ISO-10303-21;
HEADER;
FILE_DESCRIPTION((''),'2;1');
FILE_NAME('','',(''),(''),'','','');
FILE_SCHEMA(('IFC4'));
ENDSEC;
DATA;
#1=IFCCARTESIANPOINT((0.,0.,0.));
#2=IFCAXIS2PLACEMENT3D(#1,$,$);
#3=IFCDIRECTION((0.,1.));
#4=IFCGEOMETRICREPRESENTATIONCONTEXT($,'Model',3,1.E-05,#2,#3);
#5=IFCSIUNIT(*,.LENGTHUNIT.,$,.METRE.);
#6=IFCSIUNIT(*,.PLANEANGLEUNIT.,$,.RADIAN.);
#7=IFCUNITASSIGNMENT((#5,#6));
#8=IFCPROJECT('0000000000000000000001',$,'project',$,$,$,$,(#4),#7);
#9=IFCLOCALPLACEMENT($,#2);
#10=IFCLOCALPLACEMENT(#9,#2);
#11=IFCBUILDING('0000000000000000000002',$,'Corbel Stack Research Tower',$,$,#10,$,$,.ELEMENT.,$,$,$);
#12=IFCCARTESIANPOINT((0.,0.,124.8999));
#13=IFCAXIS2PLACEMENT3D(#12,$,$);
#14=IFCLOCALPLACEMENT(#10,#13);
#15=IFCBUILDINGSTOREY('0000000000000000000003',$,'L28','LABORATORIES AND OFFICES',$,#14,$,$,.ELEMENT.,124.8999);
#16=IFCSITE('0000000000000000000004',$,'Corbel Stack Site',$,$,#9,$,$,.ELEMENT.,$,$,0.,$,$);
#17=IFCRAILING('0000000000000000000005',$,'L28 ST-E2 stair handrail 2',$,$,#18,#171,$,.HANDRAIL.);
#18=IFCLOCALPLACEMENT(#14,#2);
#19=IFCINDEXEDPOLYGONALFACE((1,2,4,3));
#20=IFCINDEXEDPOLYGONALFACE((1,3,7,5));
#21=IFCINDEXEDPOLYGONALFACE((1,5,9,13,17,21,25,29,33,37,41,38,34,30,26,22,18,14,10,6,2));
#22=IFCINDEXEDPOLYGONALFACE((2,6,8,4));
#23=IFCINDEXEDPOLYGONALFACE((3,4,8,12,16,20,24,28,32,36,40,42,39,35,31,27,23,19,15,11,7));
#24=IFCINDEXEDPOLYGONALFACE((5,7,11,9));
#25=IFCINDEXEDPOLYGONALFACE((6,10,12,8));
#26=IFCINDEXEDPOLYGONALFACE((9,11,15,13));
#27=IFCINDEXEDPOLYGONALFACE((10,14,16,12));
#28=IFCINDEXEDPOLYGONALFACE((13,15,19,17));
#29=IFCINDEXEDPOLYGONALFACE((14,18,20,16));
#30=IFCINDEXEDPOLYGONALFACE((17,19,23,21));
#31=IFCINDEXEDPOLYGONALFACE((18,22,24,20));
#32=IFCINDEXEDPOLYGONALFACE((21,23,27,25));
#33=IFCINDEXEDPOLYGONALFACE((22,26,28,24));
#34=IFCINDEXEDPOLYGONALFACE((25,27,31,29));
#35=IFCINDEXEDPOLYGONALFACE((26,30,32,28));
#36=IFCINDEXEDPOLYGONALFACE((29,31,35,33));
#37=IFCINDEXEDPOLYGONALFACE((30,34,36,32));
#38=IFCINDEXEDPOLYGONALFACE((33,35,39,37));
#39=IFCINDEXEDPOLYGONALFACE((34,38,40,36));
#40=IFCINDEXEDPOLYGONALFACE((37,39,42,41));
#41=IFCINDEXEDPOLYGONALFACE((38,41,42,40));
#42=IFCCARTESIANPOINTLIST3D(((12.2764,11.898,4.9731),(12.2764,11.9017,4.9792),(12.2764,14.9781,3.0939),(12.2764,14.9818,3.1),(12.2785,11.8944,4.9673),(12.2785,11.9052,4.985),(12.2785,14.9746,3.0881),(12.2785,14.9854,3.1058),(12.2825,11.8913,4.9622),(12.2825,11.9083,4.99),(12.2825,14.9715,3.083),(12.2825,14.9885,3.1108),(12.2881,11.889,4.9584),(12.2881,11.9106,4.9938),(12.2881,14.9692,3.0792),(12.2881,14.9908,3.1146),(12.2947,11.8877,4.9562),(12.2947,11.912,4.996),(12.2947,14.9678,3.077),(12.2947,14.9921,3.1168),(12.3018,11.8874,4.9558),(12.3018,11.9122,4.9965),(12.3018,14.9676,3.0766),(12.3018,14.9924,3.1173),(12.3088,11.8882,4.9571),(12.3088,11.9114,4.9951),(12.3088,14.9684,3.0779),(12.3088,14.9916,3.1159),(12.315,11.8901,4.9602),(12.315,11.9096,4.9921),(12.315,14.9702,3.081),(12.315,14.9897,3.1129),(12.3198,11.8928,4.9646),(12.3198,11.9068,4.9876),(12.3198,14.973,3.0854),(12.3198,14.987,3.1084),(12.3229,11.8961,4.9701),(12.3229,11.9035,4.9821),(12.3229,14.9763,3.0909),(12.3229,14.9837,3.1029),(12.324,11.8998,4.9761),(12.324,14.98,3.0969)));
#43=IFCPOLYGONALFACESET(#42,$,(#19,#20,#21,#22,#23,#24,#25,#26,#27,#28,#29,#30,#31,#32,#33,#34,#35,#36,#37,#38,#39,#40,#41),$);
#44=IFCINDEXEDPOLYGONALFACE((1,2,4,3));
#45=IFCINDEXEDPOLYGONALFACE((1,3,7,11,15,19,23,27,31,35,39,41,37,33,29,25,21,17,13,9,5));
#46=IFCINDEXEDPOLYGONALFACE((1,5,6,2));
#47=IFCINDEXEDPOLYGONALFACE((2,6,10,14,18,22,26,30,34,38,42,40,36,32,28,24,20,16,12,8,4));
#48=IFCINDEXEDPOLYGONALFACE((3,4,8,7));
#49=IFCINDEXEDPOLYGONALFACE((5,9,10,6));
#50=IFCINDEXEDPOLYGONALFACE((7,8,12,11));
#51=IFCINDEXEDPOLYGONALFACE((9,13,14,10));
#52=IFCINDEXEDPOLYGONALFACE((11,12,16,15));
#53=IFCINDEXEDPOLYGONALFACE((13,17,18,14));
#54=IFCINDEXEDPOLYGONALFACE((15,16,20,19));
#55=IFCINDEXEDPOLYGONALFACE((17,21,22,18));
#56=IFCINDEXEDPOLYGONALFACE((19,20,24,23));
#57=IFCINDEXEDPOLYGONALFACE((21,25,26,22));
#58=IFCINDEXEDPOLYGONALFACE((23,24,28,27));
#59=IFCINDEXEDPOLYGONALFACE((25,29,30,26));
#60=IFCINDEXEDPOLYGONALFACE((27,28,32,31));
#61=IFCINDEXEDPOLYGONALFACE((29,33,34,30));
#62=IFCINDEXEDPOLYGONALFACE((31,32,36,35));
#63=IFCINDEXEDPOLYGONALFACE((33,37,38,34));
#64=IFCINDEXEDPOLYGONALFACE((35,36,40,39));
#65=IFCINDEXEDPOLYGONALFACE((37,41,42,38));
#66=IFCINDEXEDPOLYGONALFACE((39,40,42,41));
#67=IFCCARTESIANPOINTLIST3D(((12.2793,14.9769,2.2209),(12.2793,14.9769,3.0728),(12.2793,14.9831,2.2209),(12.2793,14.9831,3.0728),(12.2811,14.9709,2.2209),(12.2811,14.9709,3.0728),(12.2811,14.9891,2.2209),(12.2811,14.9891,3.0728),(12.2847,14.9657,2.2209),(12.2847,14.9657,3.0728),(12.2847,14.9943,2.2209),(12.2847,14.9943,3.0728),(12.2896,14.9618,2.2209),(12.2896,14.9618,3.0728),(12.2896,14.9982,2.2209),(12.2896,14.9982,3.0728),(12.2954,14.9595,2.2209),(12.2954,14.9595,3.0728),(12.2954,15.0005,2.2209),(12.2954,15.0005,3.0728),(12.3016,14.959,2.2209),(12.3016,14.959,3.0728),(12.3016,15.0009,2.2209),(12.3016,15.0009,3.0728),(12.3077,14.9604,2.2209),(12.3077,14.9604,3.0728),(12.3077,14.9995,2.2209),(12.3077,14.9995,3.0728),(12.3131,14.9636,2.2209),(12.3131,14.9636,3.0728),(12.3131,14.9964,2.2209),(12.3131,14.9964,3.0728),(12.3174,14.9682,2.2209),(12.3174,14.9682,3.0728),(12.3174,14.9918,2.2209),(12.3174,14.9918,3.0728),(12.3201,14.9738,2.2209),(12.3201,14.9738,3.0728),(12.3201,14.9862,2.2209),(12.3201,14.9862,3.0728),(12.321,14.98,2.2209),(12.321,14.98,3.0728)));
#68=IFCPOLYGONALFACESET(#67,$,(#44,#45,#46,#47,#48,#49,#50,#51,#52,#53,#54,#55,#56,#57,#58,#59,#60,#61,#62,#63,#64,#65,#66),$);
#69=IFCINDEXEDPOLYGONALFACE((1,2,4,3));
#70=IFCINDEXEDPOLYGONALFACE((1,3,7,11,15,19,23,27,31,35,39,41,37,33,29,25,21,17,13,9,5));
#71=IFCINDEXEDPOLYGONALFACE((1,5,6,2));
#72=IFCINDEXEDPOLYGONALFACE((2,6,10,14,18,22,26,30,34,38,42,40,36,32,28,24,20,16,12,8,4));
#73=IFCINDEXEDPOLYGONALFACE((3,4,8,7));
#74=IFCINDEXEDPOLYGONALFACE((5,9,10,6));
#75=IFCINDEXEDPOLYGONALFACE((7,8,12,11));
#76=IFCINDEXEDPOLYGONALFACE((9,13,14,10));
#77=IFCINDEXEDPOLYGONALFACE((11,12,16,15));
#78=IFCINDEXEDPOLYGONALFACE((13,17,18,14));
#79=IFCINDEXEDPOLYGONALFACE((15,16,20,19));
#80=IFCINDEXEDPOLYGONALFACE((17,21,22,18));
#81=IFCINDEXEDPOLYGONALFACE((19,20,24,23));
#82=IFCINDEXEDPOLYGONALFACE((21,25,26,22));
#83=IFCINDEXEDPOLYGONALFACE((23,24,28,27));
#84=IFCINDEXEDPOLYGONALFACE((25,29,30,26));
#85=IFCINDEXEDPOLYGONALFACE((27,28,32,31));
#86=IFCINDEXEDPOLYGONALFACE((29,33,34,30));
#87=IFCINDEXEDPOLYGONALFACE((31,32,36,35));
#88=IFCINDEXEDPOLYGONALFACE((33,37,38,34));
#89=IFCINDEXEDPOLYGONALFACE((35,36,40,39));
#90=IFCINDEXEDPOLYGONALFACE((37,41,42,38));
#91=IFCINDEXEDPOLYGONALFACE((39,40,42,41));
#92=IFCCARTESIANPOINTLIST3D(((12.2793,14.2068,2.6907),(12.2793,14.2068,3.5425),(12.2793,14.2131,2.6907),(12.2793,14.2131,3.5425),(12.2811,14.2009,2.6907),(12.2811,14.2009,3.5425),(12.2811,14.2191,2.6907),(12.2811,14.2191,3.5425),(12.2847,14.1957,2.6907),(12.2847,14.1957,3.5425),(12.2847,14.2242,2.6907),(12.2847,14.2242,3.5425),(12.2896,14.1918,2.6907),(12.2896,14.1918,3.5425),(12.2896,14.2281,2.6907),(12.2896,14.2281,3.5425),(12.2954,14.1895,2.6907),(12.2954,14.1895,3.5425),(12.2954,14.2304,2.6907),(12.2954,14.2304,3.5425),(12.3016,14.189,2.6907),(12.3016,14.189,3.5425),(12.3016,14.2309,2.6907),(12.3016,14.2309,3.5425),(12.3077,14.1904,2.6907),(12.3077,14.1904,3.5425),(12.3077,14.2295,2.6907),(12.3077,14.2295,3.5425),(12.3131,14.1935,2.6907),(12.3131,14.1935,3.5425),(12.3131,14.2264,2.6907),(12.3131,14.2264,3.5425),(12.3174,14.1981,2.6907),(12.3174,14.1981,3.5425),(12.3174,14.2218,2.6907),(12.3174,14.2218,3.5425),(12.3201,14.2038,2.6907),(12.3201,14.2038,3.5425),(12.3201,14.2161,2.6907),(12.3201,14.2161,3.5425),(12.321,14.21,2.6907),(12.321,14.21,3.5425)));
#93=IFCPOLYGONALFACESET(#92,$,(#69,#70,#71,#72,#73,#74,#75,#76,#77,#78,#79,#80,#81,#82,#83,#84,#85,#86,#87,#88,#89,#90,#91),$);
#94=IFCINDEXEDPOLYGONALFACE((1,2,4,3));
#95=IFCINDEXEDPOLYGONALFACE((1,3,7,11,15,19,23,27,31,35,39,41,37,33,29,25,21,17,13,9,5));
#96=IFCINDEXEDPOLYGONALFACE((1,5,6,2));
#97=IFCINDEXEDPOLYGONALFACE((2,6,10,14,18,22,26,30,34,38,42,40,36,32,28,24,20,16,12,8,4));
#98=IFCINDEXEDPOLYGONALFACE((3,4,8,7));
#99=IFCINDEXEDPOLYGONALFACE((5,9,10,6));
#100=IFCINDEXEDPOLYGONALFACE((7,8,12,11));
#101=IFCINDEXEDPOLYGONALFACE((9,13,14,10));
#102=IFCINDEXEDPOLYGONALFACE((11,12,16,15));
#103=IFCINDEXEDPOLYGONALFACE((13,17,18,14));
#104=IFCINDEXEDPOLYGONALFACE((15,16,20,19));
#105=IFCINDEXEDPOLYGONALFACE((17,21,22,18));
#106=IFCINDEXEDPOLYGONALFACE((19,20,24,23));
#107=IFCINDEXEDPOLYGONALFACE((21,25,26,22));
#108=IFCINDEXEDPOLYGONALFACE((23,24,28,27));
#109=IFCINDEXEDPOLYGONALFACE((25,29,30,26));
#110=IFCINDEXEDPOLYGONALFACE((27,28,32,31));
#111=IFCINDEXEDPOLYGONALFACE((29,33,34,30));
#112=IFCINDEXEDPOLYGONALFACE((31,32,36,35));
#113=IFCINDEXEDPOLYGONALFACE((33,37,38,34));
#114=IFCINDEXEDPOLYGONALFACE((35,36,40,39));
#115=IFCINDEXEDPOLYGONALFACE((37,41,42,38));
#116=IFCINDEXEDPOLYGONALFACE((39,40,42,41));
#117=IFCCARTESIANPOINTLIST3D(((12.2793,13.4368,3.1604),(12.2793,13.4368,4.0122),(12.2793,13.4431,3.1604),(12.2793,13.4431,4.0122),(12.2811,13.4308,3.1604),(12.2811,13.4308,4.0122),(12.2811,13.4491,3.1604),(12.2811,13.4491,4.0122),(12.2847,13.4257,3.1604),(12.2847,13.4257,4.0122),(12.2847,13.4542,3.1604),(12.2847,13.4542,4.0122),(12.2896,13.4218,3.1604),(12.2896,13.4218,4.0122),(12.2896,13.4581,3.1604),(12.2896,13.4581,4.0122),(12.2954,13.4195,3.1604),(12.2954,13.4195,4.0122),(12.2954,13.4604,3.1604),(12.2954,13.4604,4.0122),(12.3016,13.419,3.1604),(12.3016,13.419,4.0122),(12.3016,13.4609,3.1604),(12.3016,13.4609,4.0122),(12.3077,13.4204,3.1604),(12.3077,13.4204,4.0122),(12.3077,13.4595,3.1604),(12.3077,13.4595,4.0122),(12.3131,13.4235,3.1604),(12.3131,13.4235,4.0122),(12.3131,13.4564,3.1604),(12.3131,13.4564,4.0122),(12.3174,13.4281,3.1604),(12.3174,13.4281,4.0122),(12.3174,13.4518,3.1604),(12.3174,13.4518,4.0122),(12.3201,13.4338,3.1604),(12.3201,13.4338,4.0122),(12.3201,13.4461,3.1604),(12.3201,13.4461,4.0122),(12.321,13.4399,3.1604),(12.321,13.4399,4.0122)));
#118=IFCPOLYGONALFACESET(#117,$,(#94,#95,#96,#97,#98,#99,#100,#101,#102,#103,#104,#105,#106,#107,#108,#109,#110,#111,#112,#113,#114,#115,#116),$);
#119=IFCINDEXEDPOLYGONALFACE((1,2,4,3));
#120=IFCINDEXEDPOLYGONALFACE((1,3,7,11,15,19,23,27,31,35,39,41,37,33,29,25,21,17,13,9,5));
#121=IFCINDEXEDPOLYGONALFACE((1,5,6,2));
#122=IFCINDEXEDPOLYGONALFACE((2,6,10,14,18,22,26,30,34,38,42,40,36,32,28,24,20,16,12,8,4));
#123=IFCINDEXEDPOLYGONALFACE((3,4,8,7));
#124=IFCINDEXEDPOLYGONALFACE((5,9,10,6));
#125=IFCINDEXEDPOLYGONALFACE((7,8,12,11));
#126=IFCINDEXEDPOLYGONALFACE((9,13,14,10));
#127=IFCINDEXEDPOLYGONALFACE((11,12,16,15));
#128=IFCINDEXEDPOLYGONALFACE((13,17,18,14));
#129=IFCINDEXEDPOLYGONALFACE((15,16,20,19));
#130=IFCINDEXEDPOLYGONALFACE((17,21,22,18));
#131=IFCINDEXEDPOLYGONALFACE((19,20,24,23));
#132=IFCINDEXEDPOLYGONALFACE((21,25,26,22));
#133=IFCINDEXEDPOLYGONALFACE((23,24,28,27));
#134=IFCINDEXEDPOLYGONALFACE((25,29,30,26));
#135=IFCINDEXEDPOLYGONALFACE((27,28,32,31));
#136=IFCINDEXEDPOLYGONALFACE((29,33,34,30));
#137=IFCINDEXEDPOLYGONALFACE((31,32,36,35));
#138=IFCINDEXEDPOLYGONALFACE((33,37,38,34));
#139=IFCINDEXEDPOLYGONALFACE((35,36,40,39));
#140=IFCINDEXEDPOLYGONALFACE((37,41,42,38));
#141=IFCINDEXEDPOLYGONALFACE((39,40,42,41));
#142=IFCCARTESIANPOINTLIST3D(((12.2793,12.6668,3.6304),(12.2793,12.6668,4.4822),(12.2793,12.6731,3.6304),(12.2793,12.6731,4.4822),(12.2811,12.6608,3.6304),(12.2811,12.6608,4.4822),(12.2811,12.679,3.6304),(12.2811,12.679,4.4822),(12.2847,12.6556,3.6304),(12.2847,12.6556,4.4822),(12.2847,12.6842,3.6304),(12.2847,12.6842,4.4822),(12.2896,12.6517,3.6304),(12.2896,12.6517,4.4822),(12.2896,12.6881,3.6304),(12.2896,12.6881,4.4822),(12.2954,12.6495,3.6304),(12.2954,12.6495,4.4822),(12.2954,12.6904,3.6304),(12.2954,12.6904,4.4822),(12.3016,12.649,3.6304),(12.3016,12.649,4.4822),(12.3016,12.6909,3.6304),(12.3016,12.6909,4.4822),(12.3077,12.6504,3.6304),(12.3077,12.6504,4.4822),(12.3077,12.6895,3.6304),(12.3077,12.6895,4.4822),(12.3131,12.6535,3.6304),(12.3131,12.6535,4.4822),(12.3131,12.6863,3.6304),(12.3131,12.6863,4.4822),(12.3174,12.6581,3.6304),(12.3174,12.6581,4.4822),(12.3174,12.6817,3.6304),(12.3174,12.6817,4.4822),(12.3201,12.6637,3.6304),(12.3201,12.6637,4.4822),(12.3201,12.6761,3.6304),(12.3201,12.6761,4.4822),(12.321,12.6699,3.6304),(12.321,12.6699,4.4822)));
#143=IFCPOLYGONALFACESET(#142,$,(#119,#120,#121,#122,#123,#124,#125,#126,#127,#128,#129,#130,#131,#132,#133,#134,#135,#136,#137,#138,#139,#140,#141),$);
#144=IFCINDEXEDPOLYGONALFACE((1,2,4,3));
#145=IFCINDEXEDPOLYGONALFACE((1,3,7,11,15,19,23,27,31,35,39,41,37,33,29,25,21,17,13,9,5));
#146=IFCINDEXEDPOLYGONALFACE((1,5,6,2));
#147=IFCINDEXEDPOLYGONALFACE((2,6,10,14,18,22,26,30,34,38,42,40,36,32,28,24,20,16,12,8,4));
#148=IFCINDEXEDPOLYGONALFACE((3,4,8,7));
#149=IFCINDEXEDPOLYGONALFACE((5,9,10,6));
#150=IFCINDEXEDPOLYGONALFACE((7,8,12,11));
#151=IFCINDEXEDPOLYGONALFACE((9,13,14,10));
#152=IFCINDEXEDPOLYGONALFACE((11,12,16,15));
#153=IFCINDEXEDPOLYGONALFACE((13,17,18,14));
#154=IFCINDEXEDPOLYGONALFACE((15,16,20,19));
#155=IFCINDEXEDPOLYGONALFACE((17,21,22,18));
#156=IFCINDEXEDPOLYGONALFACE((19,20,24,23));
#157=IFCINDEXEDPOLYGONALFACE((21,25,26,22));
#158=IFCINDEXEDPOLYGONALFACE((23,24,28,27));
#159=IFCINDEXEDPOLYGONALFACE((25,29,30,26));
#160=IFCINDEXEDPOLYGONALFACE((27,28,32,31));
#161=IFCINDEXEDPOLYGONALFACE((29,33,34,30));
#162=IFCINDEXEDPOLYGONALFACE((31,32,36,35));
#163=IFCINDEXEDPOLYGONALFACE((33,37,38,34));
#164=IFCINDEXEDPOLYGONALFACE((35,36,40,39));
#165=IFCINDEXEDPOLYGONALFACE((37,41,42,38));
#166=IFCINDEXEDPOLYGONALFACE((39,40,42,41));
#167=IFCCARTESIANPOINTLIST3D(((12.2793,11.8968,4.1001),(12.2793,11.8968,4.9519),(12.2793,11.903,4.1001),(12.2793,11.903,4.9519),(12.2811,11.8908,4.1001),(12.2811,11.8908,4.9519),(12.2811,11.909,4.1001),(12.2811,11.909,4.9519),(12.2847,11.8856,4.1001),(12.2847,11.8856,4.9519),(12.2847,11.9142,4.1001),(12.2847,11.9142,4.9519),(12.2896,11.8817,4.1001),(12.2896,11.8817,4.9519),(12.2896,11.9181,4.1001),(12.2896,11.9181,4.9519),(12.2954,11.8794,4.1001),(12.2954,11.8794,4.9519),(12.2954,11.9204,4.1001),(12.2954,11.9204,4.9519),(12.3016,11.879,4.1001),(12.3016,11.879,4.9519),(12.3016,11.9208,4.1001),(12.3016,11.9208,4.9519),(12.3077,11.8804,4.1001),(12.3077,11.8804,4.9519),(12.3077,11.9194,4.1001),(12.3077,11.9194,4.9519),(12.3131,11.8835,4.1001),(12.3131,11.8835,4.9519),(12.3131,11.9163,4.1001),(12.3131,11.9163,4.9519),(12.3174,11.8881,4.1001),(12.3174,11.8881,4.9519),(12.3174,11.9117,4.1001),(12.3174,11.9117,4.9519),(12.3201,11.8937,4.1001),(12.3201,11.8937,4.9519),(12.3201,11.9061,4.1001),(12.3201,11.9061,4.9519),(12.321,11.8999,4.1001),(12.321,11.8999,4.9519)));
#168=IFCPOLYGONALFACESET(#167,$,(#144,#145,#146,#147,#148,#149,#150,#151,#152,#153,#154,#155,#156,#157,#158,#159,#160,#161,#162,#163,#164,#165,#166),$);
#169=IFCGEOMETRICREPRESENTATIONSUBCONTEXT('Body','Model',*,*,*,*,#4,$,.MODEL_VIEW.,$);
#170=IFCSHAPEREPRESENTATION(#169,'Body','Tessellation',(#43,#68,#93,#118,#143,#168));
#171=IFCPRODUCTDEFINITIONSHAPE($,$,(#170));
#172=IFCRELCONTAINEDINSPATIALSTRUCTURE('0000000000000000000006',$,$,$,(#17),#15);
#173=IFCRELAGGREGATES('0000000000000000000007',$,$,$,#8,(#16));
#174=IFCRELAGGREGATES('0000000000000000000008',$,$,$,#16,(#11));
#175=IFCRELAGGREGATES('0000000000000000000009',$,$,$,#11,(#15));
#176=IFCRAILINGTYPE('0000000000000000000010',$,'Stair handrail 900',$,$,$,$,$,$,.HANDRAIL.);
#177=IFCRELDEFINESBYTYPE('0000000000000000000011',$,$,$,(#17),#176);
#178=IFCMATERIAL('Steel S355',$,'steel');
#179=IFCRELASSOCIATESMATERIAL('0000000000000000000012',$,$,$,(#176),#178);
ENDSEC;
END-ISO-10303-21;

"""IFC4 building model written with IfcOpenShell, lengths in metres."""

from ifc_helpers import new_model, si_unit, direction, frame, origin, origin_2d, place, context, subcontext, project, spatial, circle, extrude, material, type_object, element, save


model = new_model("IFC4")

# Units and contexts
model_context = context("Model", 3, precision=1e-05, world=origin(), true_north=direction((0.0, 1.0)))
body_context = subcontext(model_context, "Body", "Model", "MODEL_VIEW")
ifc_project = project(units=[si_unit("LENGTHUNIT", "METRE"), si_unit("PLANEANGLEUNIT", "RADIAN")], contexts=[model_context])

# Site, building, storey
site_placement = place(None, origin())
site = spatial("IfcSite", under=ifc_project, at=site_placement, Name="Corbel Stack Site", CompositionType="ELEMENT", RefElevation=0.0)
building_placement = place(site_placement, origin())
building = spatial("IfcBuilding", under=site, at=building_placement, Name="Corbel Stack Research Tower", CompositionType="ELEMENT")
storey_placement = place(building_placement, frame((0.0, 0.0, 124.8999)))
storey = spatial("IfcBuildingStorey", under=building, at=storey_placement, Name="L28", Description="LABORATORIES AND OFFICES", CompositionType="ELEMENT", Elevation=124.8999)

# Railing
ifc_material_1 = material(Name="Steel S355", Category="steel")
railing_type_1 = type_object("IfcRailingType", Name="Stair handrail 900", PredefinedType="HANDRAIL", material=ifc_material_1)
railing_1_placement = place(storey_placement, frame((12.3, 14.98, 2.2209)))
element("IfcRailing", 1, at=railing_1_placement, inside=storey, type_object=railing_type_1, Name="L28 ST-E2 stair handrail 2", PredefinedType="HANDRAIL", context=body_context, shape_type="SweptSolid", body=[
    extrude(circle(Radius=0.0239, at=origin_2d()), frame((0.0, 0.0, 0.876), z_axis=(0.0, -0.853666, 0.52082), x_axis=(1.0, 0.0, 0.0)), (0.0, 0.0, 1.0), 3.6082),
    extrude(circle(Radius=0.021, at=origin_2d()), origin(), (0.0, 0.0, 1.0), 0.8518),
    extrude(circle(Radius=0.021, at=origin_2d()), frame((0.0, -0.77, 0.4697)), (0.0, 0.0, 1.0), 0.8518),
    extrude(circle(Radius=0.021, at=origin_2d()), frame((0.0, -1.54, 0.9395)), (0.0, 0.0, 1.0), 0.8518),
    extrude(circle(Radius=0.021, at=origin_2d()), frame((0.0, -2.3101, 1.4094)), (0.0, 0.0, 1.0), 0.8518),
    extrude(circle(Radius=0.021, at=origin_2d()), frame((0.0, -3.0801, 1.8792)), (0.0, 0.0, 1.0), 0.8518),
])

save(model, "model.ifc")
